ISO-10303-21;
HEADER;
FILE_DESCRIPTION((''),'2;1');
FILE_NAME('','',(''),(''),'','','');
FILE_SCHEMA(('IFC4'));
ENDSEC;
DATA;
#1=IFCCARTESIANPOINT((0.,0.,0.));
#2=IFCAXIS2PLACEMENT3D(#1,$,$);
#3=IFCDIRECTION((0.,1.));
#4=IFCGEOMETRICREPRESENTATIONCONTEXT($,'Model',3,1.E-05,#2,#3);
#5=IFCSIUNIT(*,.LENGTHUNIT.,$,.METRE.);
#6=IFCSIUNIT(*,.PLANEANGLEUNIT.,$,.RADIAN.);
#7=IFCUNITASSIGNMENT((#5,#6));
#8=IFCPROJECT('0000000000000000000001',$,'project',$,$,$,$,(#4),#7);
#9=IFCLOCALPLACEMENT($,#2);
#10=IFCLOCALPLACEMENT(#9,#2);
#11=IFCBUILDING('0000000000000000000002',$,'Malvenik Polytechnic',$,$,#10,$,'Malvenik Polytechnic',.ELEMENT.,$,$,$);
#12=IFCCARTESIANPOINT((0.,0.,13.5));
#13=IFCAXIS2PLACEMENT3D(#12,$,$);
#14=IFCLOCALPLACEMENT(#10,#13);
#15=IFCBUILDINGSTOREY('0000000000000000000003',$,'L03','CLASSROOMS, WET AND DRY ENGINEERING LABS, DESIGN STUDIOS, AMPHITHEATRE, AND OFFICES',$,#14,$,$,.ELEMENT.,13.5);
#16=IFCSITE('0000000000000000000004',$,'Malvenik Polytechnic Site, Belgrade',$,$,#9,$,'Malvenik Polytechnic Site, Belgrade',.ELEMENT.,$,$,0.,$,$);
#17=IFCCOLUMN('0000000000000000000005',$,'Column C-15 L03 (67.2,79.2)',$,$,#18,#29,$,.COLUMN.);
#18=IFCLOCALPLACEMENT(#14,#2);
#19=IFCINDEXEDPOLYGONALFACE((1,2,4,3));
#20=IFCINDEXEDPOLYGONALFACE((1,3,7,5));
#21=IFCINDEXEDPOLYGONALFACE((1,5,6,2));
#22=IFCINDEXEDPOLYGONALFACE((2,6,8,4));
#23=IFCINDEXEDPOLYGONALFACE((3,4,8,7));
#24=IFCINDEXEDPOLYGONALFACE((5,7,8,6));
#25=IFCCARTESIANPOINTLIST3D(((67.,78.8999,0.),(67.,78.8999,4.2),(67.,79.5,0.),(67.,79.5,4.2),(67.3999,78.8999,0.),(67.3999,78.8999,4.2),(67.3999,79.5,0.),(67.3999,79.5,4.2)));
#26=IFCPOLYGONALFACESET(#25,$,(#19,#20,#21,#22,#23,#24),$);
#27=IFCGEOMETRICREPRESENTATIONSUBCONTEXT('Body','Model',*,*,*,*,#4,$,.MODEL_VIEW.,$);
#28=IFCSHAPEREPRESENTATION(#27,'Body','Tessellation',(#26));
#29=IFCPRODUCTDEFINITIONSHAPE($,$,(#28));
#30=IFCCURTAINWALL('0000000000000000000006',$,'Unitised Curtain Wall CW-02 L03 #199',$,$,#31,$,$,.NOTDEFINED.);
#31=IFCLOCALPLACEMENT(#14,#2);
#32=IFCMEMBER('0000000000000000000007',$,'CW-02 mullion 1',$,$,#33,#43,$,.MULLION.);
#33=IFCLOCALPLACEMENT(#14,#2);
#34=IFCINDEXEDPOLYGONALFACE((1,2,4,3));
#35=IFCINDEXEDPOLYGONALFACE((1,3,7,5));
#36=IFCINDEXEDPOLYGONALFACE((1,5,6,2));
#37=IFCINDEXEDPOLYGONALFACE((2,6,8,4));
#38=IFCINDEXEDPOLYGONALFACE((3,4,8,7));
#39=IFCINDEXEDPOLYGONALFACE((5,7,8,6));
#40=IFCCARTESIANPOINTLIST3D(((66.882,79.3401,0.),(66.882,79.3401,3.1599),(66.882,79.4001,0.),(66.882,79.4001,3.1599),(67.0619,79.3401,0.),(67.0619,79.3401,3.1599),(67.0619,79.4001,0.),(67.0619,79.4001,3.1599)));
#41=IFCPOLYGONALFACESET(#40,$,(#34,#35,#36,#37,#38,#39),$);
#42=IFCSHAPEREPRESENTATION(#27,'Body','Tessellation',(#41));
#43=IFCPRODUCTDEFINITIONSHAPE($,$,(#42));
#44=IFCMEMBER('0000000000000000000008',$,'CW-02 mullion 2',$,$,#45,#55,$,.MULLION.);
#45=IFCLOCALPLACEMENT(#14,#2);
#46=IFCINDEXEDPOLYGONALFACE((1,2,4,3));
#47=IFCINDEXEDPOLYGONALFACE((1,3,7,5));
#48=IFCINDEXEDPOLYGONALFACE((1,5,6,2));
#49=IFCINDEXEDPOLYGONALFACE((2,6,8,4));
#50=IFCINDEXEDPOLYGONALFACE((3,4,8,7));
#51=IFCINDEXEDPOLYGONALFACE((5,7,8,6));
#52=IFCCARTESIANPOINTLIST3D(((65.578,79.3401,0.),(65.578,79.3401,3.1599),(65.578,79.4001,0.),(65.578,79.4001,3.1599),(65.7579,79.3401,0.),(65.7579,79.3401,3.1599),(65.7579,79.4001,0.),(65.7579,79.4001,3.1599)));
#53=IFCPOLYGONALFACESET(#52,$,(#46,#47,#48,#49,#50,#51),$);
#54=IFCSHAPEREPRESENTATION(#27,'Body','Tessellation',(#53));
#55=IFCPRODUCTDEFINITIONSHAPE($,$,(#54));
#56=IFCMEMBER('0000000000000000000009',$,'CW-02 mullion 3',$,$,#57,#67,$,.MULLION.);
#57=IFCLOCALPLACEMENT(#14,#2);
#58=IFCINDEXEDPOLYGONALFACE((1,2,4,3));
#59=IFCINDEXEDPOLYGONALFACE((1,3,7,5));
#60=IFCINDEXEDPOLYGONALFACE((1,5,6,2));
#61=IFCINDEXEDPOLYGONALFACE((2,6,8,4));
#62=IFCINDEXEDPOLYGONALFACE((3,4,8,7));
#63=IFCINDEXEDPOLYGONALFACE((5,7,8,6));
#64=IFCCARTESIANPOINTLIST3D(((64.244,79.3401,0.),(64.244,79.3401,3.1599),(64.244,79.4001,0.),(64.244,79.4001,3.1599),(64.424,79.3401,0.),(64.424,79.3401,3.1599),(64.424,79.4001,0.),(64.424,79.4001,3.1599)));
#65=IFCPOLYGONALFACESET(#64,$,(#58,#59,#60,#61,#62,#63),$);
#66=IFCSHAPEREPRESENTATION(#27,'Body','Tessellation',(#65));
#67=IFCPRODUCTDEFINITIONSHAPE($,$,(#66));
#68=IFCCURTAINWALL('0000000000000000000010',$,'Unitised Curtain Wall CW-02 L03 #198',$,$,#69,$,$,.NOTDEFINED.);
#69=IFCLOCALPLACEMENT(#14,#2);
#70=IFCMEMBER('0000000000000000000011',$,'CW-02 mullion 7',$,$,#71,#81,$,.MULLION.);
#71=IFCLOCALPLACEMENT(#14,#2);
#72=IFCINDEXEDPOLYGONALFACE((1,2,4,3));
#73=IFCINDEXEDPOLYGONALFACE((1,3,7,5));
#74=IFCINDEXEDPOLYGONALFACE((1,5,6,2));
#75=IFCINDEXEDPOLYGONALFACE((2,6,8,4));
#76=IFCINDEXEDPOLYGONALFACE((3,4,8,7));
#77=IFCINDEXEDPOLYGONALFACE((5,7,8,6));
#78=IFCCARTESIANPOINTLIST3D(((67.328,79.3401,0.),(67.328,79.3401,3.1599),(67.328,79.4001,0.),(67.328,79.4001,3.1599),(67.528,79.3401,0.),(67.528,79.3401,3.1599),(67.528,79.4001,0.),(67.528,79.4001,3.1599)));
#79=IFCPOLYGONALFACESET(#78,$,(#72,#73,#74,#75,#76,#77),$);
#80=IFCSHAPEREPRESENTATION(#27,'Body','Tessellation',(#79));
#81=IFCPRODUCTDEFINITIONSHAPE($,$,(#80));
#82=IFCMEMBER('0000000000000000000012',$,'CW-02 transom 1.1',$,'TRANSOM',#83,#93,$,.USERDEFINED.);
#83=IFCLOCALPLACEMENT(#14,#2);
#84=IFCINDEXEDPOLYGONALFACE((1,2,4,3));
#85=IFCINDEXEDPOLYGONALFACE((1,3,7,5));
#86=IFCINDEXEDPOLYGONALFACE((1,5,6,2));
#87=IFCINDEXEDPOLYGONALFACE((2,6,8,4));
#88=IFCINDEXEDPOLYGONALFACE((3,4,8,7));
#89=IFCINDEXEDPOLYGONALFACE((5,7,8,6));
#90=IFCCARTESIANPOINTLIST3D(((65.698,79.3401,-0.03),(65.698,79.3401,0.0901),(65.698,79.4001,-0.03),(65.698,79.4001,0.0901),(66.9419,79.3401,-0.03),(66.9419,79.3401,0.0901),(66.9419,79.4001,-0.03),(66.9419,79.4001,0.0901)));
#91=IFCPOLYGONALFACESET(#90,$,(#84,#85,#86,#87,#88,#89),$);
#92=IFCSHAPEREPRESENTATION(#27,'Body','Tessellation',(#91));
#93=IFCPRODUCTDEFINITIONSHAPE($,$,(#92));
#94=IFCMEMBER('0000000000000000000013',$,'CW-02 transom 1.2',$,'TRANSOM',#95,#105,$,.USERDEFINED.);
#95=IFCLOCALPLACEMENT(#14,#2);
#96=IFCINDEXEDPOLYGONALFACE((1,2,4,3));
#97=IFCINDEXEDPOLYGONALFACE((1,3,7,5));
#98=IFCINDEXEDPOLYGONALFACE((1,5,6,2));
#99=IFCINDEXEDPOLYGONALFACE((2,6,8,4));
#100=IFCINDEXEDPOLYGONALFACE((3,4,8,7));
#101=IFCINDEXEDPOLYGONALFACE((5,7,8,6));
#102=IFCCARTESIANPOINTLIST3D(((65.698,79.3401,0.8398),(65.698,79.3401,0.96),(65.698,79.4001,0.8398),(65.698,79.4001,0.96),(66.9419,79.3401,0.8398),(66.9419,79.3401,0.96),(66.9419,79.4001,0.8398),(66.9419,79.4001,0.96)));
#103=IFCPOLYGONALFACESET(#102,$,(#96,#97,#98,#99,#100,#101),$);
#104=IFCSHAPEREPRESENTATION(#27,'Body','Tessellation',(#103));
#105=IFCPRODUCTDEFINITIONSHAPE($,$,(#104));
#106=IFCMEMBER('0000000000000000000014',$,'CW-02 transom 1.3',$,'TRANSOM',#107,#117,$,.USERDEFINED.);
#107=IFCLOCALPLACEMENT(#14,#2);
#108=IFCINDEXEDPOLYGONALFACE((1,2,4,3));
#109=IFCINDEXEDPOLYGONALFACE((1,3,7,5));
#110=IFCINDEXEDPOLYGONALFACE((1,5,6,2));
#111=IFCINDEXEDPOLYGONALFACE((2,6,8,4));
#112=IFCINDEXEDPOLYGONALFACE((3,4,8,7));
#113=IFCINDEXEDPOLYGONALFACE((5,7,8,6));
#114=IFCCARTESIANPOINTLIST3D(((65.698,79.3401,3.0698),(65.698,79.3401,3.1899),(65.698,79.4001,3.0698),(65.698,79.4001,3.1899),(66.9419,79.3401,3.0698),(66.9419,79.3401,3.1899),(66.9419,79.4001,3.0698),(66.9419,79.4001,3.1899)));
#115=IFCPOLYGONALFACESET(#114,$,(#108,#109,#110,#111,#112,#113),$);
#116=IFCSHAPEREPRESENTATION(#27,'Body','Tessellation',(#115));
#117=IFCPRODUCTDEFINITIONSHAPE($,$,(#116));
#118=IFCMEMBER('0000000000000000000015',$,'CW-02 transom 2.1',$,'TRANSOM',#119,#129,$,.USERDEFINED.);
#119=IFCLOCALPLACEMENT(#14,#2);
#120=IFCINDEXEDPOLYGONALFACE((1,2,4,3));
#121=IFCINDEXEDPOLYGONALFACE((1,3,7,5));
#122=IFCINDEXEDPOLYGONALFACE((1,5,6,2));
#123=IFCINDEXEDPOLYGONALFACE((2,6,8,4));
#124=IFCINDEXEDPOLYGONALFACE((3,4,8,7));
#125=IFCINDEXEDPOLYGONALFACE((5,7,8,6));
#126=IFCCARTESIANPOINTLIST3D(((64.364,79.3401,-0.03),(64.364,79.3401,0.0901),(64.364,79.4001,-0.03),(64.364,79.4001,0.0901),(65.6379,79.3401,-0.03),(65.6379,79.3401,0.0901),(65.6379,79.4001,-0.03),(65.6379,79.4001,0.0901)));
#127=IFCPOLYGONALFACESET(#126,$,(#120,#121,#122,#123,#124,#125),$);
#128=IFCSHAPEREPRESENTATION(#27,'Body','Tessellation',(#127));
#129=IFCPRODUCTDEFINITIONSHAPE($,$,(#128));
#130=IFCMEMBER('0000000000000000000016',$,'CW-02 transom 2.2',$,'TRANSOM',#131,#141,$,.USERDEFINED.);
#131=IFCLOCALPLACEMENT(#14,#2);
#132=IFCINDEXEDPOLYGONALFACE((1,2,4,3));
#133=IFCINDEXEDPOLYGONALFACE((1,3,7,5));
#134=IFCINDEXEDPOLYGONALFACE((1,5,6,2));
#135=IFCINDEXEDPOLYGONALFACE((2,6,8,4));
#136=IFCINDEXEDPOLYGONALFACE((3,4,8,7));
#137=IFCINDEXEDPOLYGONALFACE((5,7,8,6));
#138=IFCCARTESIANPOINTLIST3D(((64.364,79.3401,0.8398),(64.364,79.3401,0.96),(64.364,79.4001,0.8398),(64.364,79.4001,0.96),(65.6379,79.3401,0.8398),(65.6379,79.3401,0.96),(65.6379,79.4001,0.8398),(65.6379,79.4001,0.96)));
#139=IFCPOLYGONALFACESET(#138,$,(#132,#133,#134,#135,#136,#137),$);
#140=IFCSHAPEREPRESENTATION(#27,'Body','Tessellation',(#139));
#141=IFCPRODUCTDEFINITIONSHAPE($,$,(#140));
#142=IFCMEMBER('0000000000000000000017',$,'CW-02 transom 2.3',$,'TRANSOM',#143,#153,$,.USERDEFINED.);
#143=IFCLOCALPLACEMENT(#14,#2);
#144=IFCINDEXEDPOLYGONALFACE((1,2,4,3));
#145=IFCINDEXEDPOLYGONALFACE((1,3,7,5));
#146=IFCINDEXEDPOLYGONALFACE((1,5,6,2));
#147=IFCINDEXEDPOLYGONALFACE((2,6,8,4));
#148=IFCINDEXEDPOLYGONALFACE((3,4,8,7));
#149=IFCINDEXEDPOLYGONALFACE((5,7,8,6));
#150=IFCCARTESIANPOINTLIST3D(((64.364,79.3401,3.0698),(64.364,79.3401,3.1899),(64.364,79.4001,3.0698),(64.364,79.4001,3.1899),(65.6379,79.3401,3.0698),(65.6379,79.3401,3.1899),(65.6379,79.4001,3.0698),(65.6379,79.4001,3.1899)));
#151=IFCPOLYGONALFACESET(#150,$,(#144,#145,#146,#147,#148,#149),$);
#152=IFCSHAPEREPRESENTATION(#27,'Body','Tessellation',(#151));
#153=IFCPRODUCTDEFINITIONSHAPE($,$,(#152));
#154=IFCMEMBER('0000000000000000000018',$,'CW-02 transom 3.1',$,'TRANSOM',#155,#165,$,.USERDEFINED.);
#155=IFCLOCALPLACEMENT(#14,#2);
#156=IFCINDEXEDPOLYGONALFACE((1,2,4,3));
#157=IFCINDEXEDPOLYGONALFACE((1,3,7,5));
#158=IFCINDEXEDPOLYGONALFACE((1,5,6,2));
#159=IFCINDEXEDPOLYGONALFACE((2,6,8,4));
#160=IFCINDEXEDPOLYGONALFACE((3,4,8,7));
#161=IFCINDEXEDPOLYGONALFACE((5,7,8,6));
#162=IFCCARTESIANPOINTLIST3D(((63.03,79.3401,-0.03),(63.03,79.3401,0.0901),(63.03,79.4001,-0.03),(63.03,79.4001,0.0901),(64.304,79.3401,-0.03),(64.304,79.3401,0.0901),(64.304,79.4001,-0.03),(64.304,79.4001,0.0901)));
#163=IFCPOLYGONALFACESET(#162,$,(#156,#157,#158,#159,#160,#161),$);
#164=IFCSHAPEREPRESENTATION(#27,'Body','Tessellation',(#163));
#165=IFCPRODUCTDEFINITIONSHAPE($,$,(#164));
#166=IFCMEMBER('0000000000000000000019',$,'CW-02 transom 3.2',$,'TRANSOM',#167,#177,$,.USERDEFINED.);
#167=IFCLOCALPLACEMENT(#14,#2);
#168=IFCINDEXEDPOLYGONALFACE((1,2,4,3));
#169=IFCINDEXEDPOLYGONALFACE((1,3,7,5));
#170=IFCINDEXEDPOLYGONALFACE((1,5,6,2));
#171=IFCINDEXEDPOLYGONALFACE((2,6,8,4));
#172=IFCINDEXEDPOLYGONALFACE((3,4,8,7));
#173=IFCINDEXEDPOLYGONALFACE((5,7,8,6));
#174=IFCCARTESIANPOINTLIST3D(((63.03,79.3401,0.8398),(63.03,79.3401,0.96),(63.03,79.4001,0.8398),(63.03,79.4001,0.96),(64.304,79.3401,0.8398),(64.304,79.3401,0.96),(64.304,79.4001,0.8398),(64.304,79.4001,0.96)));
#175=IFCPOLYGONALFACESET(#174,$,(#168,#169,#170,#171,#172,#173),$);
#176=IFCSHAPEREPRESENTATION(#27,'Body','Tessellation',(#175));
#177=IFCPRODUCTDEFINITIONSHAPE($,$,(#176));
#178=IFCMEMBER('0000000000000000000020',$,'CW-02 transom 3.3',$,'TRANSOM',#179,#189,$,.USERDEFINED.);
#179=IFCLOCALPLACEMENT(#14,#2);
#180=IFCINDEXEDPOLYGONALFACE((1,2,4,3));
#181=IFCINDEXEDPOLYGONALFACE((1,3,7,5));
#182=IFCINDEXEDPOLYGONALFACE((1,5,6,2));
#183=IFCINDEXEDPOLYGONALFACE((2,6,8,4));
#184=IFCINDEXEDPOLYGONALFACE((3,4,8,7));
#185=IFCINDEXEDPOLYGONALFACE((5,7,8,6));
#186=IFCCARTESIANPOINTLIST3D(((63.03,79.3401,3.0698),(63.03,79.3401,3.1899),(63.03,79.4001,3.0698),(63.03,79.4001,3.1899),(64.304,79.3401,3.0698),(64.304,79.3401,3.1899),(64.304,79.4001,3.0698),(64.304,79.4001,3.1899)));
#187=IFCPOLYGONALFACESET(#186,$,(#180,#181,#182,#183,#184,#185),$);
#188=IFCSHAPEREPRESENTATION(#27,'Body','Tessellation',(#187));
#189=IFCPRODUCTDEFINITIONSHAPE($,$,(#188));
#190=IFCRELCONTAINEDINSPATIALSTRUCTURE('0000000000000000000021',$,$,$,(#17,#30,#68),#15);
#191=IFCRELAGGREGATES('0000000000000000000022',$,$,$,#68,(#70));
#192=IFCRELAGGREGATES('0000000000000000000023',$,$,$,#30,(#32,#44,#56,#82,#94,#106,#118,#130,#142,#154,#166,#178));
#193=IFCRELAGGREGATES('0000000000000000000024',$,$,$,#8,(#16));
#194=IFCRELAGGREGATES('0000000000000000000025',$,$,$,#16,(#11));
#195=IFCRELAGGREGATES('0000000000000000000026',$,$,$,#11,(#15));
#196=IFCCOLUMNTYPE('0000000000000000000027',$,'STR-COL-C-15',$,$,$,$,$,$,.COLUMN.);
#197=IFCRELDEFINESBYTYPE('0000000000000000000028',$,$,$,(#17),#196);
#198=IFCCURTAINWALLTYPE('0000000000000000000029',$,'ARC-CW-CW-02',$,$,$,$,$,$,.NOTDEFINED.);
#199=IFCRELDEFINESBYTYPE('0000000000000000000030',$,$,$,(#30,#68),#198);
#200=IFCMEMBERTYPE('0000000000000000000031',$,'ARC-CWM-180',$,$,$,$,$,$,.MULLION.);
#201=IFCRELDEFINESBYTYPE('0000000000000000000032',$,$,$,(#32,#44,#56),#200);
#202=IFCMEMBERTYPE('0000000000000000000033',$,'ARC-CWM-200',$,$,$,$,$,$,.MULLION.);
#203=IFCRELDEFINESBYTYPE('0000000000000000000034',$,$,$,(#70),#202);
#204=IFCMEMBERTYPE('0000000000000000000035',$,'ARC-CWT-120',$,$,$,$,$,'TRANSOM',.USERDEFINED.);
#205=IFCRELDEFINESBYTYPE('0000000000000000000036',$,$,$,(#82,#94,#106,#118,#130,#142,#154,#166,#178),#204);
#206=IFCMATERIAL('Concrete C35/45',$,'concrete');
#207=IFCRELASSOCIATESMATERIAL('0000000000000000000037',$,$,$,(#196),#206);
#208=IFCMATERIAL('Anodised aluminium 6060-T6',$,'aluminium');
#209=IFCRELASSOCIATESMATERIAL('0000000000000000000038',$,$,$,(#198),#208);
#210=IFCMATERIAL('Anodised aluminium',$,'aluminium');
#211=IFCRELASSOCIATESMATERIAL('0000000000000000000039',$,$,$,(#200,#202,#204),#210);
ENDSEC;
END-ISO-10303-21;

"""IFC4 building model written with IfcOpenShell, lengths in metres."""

from ifc_helpers import new_model, si_unit, direction, frame, origin, origin_2d, place, context, subcontext, project, spatial, rectangle, extrude, material, material_profile, profile_set, type_object, element, aggregate, save


model = new_model("IFC4")

# Units and contexts
model_context = context("Model", 3, precision=1e-05, world=origin(), true_north=direction((0.0, 1.0)))
body_context = subcontext(model_context, "Body", "Model", "MODEL_VIEW")
ifc_project = project(units=[si_unit("LENGTHUNIT", "METRE"), si_unit("PLANEANGLEUNIT", "RADIAN")], contexts=[model_context])

# Site, building, storey
site_placement = place(None, origin())
site = spatial("IfcSite", under=ifc_project, at=site_placement, Name="Malvenik Polytechnic Site, Belgrade", LongName="Malvenik Polytechnic Site, Belgrade", CompositionType="ELEMENT", RefElevation=0.0)
building_placement = place(site_placement, origin())
building = spatial("IfcBuilding", under=site, at=building_placement, Name="Malvenik Polytechnic", LongName="Malvenik Polytechnic", CompositionType="ELEMENT")
storey_placement = place(building_placement, frame((0.0, 0.0, 13.5)))
storey = spatial("IfcBuildingStorey", under=building, at=storey_placement, Name="L03", Description="CLASSROOMS, WET AND DRY ENGINEERING LABS, DESIGN STUDIOS, AMPHITHEATRE, AND OFFICES", CompositionType="ELEMENT", Elevation=13.5)

# Column
ifc_material_1 = material(Name="Concrete C35/45", Category="concrete")
ifc_material_profile_1 = material_profile(ifc_material_1, rectangle(XDim=0.3999, YDim=0.6001, at=origin_2d()), Name="RC COL 600x400")
ifc_profile_set_1 = profile_set([ifc_material_profile_1], Name="Concrete C35/45")
column_type = type_object("IfcColumnType", Name="STR-COL-C-15", PredefinedType="COLUMN", material=ifc_profile_set_1)
column_placement = place(storey_placement, frame((67.2, 79.2, 0.0), z_axis=(0.0, 0.0, 1.0), x_axis=(1.0, 0.0, 0.0)))
element("IfcColumn", 1, at=column_placement, inside=storey, type_object=column_type, Name="Column C-15 L03 (67.2,79.2)", PredefinedType="COLUMN", context=body_context, shape_type="SweptSolid", body=[
    extrude(rectangle(XDim=0.3999, YDim=0.6001, at=origin_2d()), origin(), (0.0, 0.0, 1.0), 4.2),
])

# Curtain wall, members
ifc_material_2 = material(Name="Anodised aluminium 6060-T6", Category="aluminium")
curtain_wall_type = type_object("IfcCurtainWallType", Name="ARC-CW-CW-02", PredefinedType="NOTDEFINED", material=ifc_material_2)
curtain_wall_1_placement = place(storey_placement, origin())
curtain_wall_1 = element("IfcCurtainWall", 2, at=curtain_wall_1_placement, inside=storey, type_object=curtain_wall_type, Name="Unitised Curtain Wall CW-02 L03 #199", PredefinedType="NOTDEFINED")
ifc_material_3 = material(Name="Anodised aluminium", Category="aluminium")
ifc_material_profile_2 = material_profile(ifc_material_3, rectangle(XDim=0.0601, YDim=0.1799, at=origin_2d()), Name="ALU MULLION 60x180")
ifc_profile_set_2 = profile_set([ifc_material_profile_2], Name="Anodised aluminium")
member_type_1 = type_object("IfcMemberType", Name="ARC-CWM-180", PredefinedType="MULLION", material=ifc_profile_set_2)
member_1_placement = place(storey_placement, frame((66.9719, 79.3701, 0.0), z_axis=(0.0, 0.0, 1.0), x_axis=(0.0, -1.0, 0.0)))
member_1 = element("IfcMember", 3, at=member_1_placement, type_object=member_type_1, Name="CW-02 mullion 1", PredefinedType="MULLION", context=body_context, shape_type="SweptSolid", body=[
    extrude(rectangle(XDim=0.0601, YDim=0.1799, at=origin_2d()), origin(), (0.0, 0.0, 1.0), 3.1599),
])
member_2_placement = place(storey_placement, frame((65.668, 79.3701, 0.0), z_axis=(0.0, 0.0, 1.0), x_axis=(0.0, -1.0, 0.0)))
member_2 = element("IfcMember", 4, at=member_2_placement, type_object=member_type_1, Name="CW-02 mullion 2", PredefinedType="MULLION", context=body_context, shape_type="SweptSolid", body=[
    extrude(rectangle(XDim=0.0601, YDim=0.1799, at=origin_2d()), origin(), (0.0, 0.0, 1.0), 3.1599),
])
member_3_placement = place(storey_placement, frame((64.334, 79.3701, 0.0), z_axis=(0.0, 0.0, 1.0), x_axis=(0.0, -1.0, 0.0)))
member_3 = element("IfcMember", 5, at=member_3_placement, type_object=member_type_1, Name="CW-02 mullion 3", PredefinedType="MULLION", context=body_context, shape_type="SweptSolid", body=[
    extrude(rectangle(XDim=0.0601, YDim=0.1799, at=origin_2d()), origin(), (0.0, 0.0, 1.0), 3.1599),
])

# Curtain wall, member
curtain_wall_2_placement = place(storey_placement, origin())
curtain_wall_2 = element("IfcCurtainWall", 6, at=curtain_wall_2_placement, inside=storey, type_object=curtain_wall_type, Name="Unitised Curtain Wall CW-02 L03 #198", PredefinedType="NOTDEFINED")
ifc_material_profile_3 = material_profile(ifc_material_3, rectangle(XDim=0.0601, YDim=0.2, at=origin_2d()), Name="ALU MULLION 60x200")
ifc_profile_set_3 = profile_set([ifc_material_profile_3], Name="Anodised aluminium")
member_type_2 = type_object("IfcMemberType", Name="ARC-CWM-200", PredefinedType="MULLION", material=ifc_profile_set_3)
member_4_placement = place(storey_placement, frame((67.428, 79.3701, 0.0), z_axis=(0.0, 0.0, 1.0), x_axis=(0.0, -1.0, 0.0)))
member_4 = element("IfcMember", 7, at=member_4_placement, type_object=member_type_2, Name="CW-02 mullion 7", PredefinedType="MULLION", context=body_context, shape_type="SweptSolid", body=[
    extrude(rectangle(XDim=0.0601, YDim=0.2, at=origin_2d()), origin(), (0.0, 0.0, 1.0), 3.1599),
])

# Members
ifc_material_profile_4 = material_profile(ifc_material_3, rectangle(XDim=0.0601, YDim=0.1201, at=origin_2d()), Name="ALU TRANSOM 60x120")
ifc_profile_set_4 = profile_set([ifc_material_profile_4], Name="Anodised aluminium")
member_type_3 = type_object("IfcMemberType", Name="ARC-CWT-120", ElementType="TRANSOM", PredefinedType="USERDEFINED", material=ifc_profile_set_4)
member_5_placement = place(storey_placement, frame((66.9419, 79.3701, 0.03), z_axis=(-1.0, 0.0, 0.0), x_axis=(0.0, -1.0, 0.0)))
member_5 = element("IfcMember", 8, at=member_5_placement, type_object=member_type_3, Name="CW-02 transom 1.1", ObjectType="TRANSOM", PredefinedType="USERDEFINED", context=body_context, shape_type="SweptSolid", body=[
    extrude(rectangle(XDim=0.0601, YDim=0.1201, at=origin_2d()), origin(), (0.0, 0.0, 1.0), 1.2439),
])
member_6_placement = place(storey_placement, frame((66.9419, 79.3701, 0.8999), z_axis=(-1.0, 0.0, 0.0), x_axis=(0.0, -1.0, 0.0)))
member_6 = element("IfcMember", 9, at=member_6_placement, type_object=member_type_3, Name="CW-02 transom 1.2", ObjectType="TRANSOM", PredefinedType="USERDEFINED", context=body_context, shape_type="SweptSolid", body=[
    extrude(rectangle(XDim=0.0601, YDim=0.1201, at=origin_2d()), origin(), (0.0, 0.0, 1.0), 1.2439),
])
member_7_placement = place(storey_placement, frame((66.9419, 79.3701, 3.1299), z_axis=(-1.0, 0.0, 0.0), x_axis=(0.0, -1.0, 0.0)))
member_7 = element("IfcMember", 10, at=member_7_placement, type_object=member_type_3, Name="CW-02 transom 1.3", ObjectType="TRANSOM", PredefinedType="USERDEFINED", context=body_context, shape_type="SweptSolid", body=[
    extrude(rectangle(XDim=0.0601, YDim=0.1201, at=origin_2d()), origin(), (0.0, 0.0, 1.0), 1.2439),
])
member_8_placement = place(storey_placement, frame((65.6379, 79.3701, 0.03), z_axis=(-1.0, 0.0, 0.0), x_axis=(0.0, -1.0, 0.0)))
member_8 = element("IfcMember", 11, at=member_8_placement, type_object=member_type_3, Name="CW-02 transom 2.1", ObjectType="TRANSOM", PredefinedType="USERDEFINED", context=body_context, shape_type="SweptSolid", body=[
    extrude(rectangle(XDim=0.0601, YDim=0.1201, at=origin_2d()), origin(), (0.0, 0.0, 1.0), 1.2739),
])
member_9_placement = place(storey_placement, frame((65.6379, 79.3701, 0.8999), z_axis=(-1.0, 0.0, 0.0), x_axis=(0.0, -1.0, 0.0)))
member_9 = element("IfcMember", 12, at=member_9_placement, type_object=member_type_3, Name="CW-02 transom 2.2", ObjectType="TRANSOM", PredefinedType="USERDEFINED", context=body_context, shape_type="SweptSolid", body=[
    extrude(rectangle(XDim=0.0601, YDim=0.1201, at=origin_2d()), origin(), (0.0, 0.0, 1.0), 1.2739),
])
member_10_placement = place(storey_placement, frame((65.6379, 79.3701, 3.1299), z_axis=(-1.0, 0.0, 0.0), x_axis=(0.0, -1.0, 0.0)))
member_10 = element("IfcMember", 13, at=member_10_placement, type_object=member_type_3, Name="CW-02 transom 2.3", ObjectType="TRANSOM", PredefinedType="USERDEFINED", context=body_context, shape_type="SweptSolid", body=[
    extrude(rectangle(XDim=0.0601, YDim=0.1201, at=origin_2d()), origin(), (0.0, 0.0, 1.0), 1.2739),
])
member_11_placement = place(storey_placement, frame((64.304, 79.3701, 0.03), z_axis=(-1.0, 0.0, 0.0), x_axis=(0.0, -1.0, 0.0)))
member_11 = element("IfcMember", 14, at=member_11_placement, type_object=member_type_3, Name="CW-02 transom 3.1", ObjectType="TRANSOM", PredefinedType="USERDEFINED", context=body_context, shape_type="SweptSolid", body=[
    extrude(rectangle(XDim=0.0601, YDim=0.1201, at=origin_2d()), origin(), (0.0, 0.0, 1.0), 1.2739),
])
member_12_placement = place(storey_placement, frame((64.304, 79.3701, 0.8999), z_axis=(-1.0, 0.0, 0.0), x_axis=(0.0, -1.0, 0.0)))
member_12 = element("IfcMember", 15, at=member_12_placement, type_object=member_type_3, Name="CW-02 transom 3.2", ObjectType="TRANSOM", PredefinedType="USERDEFINED", context=body_context, shape_type="SweptSolid", body=[
    extrude(rectangle(XDim=0.0601, YDim=0.1201, at=origin_2d()), origin(), (0.0, 0.0, 1.0), 1.2739),
])
member_13_placement = place(storey_placement, frame((64.304, 79.3701, 3.1299), z_axis=(-1.0, 0.0, 0.0), x_axis=(0.0, -1.0, 0.0)))
member_13 = element("IfcMember", 16, at=member_13_placement, type_object=member_type_3, Name="CW-02 transom 3.3", ObjectType="TRANSOM", PredefinedType="USERDEFINED", context=body_context, shape_type="SweptSolid", body=[
    extrude(rectangle(XDim=0.0601, YDim=0.1201, at=origin_2d()), origin(), (0.0, 0.0, 1.0), 1.2739),
])

aggregate(curtain_wall_2, [member_4])
aggregate(curtain_wall_1, [member_1, member_2, member_3, member_5, member_6, member_7, member_8, member_9, member_10, member_11, member_12, member_13])

save(model, "model.ifc")
